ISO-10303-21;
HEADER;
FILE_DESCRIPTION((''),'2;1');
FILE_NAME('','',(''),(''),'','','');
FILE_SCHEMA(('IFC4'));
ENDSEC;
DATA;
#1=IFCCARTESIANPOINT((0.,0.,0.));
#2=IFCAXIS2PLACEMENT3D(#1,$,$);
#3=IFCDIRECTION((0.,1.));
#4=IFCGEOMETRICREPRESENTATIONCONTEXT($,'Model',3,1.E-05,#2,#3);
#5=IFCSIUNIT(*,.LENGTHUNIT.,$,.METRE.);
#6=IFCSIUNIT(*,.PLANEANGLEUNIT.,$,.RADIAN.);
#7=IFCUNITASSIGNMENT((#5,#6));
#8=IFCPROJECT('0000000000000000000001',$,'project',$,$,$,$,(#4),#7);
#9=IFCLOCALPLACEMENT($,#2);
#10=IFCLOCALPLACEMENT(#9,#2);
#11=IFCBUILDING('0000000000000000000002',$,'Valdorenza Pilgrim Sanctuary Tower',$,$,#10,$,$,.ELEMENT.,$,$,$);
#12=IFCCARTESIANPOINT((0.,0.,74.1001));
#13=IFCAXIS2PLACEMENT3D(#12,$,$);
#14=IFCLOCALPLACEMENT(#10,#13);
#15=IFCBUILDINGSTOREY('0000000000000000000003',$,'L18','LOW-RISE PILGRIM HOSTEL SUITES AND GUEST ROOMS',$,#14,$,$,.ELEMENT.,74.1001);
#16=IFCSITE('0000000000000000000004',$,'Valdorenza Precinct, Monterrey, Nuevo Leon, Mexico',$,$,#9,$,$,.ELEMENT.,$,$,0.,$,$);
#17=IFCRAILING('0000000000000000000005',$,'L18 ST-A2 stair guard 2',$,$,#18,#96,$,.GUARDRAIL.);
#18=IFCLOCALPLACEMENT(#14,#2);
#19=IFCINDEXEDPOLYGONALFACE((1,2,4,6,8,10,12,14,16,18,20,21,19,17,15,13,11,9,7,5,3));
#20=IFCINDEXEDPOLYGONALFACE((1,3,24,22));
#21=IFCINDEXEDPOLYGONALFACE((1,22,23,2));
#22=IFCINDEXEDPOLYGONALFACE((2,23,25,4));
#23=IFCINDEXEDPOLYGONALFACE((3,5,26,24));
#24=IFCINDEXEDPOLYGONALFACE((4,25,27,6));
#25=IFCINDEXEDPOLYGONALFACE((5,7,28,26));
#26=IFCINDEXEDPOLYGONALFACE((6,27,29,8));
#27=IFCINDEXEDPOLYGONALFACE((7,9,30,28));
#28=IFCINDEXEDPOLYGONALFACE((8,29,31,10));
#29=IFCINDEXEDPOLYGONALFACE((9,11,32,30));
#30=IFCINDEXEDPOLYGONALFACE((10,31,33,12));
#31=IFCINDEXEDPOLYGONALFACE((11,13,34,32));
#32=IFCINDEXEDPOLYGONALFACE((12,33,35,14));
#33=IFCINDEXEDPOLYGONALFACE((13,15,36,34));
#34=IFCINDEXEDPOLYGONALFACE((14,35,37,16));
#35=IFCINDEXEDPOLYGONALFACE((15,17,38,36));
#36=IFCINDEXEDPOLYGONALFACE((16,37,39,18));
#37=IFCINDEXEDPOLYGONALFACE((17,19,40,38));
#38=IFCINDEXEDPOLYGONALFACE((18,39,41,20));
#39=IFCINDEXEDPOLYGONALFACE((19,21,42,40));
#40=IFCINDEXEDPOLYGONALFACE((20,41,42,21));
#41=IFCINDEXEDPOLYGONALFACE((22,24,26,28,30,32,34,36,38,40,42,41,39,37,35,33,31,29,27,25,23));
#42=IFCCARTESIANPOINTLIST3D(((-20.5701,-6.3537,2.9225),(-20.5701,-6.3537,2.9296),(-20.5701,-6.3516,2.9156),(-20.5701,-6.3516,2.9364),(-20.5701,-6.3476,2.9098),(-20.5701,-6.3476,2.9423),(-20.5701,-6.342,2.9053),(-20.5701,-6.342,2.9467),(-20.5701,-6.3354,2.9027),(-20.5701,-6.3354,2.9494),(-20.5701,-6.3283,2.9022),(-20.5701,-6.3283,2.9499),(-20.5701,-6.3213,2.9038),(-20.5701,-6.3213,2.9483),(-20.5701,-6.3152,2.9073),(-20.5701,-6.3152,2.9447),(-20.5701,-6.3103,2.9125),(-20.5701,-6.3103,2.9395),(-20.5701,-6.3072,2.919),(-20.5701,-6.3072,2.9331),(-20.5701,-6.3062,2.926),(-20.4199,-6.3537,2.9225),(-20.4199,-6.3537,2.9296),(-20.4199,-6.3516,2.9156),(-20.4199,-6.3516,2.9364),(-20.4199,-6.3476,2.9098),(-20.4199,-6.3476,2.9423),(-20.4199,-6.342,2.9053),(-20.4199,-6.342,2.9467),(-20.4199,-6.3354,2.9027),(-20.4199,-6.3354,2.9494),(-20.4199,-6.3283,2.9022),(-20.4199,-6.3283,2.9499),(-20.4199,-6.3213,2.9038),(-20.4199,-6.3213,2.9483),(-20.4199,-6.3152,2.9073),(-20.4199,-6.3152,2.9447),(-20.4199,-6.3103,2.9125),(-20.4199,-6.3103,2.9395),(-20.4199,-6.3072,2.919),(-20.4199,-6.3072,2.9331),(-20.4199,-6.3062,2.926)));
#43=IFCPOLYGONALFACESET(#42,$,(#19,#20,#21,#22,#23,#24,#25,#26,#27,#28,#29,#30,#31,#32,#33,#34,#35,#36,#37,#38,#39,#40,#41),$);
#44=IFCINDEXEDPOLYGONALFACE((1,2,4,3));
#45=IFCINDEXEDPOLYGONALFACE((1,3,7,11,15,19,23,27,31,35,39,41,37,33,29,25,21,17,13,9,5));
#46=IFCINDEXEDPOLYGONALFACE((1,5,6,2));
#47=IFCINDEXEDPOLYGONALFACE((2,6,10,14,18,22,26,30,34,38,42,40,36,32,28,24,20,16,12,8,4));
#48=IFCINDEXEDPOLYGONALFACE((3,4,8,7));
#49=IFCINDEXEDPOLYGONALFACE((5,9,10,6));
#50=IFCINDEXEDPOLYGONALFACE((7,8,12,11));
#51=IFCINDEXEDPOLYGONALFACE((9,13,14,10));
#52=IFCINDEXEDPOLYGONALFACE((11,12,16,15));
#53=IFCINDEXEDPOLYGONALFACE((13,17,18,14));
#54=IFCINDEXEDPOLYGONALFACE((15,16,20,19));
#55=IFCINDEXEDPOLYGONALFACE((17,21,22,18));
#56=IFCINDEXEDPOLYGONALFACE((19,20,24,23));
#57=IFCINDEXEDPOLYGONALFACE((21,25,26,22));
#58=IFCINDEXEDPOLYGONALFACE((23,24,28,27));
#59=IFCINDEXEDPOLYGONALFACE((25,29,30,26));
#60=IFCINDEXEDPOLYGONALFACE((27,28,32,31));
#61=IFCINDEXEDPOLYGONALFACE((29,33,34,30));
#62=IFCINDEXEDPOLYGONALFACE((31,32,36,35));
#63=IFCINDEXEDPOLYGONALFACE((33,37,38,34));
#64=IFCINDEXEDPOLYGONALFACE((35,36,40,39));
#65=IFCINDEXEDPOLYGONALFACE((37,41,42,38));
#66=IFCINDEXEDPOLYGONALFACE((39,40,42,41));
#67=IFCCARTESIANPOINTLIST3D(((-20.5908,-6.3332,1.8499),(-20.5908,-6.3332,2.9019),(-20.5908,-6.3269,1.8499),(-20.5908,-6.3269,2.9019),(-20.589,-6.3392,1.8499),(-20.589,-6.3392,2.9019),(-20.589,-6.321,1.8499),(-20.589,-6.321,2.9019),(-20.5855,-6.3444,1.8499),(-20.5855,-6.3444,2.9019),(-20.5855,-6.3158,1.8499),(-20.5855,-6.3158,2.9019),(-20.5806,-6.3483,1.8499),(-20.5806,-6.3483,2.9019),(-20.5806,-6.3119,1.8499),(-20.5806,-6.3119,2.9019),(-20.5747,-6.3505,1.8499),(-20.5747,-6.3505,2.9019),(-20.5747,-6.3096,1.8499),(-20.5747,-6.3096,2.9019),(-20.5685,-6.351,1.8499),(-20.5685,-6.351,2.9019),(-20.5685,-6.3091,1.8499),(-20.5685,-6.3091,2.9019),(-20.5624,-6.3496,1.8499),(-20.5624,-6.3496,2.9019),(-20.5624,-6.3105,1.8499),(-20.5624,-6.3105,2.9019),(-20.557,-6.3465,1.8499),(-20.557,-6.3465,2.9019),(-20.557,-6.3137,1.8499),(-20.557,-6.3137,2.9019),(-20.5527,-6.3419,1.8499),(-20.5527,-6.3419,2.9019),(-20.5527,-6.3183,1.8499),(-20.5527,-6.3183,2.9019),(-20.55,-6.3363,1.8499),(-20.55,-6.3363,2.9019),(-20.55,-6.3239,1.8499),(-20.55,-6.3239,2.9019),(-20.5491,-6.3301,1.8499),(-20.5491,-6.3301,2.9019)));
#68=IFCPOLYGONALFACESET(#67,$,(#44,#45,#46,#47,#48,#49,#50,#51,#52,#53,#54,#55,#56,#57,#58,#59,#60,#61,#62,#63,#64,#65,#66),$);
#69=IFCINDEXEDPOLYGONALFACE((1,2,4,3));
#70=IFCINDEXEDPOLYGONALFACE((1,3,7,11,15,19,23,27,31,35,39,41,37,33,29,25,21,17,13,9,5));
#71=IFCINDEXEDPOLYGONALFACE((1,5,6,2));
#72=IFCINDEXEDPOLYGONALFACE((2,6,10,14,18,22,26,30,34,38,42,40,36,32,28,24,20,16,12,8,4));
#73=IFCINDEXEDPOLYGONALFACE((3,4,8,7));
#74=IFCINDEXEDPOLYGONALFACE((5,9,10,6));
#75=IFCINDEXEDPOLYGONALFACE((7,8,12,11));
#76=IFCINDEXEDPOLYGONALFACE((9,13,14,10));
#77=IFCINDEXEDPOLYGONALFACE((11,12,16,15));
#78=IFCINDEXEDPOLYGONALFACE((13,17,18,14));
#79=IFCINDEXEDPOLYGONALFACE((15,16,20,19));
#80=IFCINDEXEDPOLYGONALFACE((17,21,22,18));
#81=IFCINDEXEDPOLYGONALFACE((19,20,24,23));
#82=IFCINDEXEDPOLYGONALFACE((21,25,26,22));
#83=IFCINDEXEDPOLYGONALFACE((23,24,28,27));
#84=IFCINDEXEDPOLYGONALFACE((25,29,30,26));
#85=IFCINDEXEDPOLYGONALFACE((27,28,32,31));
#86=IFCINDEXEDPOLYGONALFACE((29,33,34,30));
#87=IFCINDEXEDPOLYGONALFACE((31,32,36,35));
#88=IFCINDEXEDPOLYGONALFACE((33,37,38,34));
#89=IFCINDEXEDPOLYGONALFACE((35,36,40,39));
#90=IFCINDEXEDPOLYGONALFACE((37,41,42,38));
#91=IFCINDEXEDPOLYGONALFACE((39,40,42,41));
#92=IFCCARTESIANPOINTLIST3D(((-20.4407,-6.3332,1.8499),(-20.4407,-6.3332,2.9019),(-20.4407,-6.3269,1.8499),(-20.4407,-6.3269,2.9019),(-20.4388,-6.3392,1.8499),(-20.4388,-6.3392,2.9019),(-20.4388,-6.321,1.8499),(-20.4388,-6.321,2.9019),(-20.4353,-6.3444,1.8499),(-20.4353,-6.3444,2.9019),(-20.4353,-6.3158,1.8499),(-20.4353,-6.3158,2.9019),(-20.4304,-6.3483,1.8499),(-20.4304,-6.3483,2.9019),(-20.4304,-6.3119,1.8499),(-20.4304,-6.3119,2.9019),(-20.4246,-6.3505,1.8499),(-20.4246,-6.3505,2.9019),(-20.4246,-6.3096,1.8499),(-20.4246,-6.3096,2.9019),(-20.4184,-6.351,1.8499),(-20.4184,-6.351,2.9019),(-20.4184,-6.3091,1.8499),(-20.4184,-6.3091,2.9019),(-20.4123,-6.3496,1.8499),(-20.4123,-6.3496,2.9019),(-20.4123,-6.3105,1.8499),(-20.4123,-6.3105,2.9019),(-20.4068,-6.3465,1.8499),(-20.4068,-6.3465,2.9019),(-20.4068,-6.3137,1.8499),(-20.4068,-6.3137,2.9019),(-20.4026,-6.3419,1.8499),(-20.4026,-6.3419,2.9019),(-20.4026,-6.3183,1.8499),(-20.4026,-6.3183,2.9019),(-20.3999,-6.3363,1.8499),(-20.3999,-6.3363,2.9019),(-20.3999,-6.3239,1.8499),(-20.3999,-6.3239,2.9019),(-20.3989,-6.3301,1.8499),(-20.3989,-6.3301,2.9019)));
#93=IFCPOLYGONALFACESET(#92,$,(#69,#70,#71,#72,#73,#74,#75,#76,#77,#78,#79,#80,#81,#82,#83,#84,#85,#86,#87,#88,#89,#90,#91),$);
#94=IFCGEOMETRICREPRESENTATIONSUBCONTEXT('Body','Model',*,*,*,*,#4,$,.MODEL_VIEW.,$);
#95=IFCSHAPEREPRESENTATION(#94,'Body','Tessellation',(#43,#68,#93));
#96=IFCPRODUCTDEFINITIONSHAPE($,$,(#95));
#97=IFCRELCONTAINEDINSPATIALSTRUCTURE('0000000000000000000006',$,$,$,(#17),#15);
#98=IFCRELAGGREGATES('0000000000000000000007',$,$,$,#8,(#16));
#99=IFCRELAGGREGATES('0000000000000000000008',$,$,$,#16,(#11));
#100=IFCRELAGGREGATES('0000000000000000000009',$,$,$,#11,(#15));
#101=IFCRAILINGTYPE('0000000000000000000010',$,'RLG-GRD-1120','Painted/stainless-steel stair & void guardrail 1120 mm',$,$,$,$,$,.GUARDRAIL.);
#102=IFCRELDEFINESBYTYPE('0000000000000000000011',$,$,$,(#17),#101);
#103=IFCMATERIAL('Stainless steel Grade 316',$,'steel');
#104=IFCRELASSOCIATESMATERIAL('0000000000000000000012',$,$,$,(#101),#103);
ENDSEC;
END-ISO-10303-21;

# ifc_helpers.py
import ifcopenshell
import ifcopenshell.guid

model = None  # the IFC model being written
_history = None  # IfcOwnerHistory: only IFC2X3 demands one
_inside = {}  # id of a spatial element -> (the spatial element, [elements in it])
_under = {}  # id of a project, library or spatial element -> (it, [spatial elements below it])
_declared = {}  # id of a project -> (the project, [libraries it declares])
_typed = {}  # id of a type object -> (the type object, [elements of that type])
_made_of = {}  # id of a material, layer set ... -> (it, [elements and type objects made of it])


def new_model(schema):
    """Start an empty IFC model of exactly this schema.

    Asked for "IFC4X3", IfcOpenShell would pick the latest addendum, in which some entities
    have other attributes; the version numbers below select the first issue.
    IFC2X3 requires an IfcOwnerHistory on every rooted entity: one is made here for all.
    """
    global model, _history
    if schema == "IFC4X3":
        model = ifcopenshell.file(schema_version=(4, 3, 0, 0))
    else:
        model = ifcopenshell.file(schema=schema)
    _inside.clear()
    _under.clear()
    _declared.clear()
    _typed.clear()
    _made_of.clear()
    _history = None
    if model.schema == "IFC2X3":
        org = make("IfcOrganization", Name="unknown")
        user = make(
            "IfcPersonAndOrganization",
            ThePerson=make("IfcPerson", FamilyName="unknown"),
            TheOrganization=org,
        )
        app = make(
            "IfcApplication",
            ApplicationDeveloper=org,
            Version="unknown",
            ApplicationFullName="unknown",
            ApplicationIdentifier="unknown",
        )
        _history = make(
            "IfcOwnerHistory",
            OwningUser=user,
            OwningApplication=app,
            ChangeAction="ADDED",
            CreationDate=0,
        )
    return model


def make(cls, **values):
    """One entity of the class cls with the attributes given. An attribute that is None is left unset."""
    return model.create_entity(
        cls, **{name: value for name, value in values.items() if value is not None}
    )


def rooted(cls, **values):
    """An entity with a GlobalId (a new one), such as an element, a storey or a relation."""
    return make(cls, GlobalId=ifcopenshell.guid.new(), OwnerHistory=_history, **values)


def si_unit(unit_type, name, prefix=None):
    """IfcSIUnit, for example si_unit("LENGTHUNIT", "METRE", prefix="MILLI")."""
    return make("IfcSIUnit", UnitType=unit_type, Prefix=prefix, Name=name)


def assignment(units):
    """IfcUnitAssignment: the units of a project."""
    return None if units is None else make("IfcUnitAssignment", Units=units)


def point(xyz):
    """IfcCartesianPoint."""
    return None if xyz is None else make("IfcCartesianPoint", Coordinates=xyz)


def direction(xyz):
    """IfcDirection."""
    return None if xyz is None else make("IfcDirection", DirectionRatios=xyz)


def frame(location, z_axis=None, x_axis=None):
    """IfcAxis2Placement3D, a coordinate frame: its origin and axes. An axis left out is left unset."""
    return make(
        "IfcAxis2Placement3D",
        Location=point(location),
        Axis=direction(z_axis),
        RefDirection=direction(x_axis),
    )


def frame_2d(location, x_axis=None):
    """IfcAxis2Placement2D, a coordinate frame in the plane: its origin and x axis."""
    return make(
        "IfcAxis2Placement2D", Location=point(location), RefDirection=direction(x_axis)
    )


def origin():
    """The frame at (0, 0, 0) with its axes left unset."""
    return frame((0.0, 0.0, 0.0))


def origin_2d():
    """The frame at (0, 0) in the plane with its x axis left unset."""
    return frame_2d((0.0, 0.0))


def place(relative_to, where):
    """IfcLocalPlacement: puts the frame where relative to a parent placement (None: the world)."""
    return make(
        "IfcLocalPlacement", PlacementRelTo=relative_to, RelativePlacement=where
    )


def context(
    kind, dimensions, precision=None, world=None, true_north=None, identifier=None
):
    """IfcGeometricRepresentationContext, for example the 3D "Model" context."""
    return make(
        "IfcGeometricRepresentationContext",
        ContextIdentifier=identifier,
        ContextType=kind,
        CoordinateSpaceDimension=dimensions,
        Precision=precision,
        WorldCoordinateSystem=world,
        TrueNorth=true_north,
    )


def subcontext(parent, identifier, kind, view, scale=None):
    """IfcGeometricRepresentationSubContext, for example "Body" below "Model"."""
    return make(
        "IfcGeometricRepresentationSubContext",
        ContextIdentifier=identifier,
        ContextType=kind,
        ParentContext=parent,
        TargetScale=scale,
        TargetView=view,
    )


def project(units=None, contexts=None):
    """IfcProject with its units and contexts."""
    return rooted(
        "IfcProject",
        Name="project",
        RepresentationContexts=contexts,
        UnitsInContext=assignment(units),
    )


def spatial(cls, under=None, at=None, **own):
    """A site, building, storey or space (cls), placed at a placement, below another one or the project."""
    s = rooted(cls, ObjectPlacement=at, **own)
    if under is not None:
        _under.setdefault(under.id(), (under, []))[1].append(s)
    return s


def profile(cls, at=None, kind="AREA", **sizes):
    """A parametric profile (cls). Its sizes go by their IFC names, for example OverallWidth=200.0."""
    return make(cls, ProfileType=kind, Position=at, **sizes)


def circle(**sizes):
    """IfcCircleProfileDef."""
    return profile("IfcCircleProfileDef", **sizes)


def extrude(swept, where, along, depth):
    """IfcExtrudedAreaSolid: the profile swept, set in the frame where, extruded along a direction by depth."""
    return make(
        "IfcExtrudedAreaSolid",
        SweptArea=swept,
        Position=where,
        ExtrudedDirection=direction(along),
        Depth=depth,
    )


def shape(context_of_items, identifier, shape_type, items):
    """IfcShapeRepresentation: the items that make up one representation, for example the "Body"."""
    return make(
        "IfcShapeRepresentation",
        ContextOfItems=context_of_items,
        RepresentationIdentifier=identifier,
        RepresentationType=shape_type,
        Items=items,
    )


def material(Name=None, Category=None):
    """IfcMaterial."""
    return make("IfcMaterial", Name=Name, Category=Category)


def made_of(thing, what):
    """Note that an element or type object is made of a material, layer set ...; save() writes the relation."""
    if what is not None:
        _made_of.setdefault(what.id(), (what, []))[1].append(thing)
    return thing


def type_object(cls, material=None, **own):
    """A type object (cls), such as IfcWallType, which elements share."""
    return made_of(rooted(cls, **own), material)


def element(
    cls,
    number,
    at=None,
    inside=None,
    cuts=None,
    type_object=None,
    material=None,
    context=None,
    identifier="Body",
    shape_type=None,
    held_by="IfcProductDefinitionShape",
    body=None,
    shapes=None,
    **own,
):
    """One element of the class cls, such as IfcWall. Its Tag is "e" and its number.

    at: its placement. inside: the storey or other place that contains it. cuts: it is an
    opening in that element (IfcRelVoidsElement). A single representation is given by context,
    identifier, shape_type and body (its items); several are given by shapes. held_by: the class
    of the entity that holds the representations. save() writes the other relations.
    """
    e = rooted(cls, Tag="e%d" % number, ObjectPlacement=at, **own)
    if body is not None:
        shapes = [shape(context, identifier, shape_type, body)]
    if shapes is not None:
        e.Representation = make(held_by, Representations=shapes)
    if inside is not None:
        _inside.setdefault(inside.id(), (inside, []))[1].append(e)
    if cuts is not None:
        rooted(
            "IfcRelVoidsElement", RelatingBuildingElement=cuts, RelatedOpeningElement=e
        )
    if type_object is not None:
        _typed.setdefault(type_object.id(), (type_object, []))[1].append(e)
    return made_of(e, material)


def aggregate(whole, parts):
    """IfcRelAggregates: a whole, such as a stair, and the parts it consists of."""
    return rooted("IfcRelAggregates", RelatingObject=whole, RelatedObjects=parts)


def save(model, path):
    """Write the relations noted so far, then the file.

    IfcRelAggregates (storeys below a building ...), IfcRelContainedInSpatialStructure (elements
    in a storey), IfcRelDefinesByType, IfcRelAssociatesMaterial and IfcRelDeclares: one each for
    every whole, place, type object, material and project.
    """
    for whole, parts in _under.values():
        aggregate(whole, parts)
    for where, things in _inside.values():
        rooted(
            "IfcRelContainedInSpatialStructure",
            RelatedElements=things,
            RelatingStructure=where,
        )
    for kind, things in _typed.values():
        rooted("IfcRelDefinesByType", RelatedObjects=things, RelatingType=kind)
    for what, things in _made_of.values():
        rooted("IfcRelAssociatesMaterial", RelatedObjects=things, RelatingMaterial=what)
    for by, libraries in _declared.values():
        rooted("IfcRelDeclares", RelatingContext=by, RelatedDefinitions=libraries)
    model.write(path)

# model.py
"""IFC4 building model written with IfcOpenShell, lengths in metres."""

from ifc_helpers import new_model, si_unit, direction, frame, origin, origin_2d, place, context, subcontext, project, spatial, circle, extrude, material, type_object, element, save


model = new_model("IFC4")

# Units and contexts
model_context = context("Model", 3, precision=1e-05, world=origin(), true_north=direction((0.0, 1.0)))
body_context = subcontext(model_context, "Body", "Model", "MODEL_VIEW")
ifc_project = project(units=[si_unit("LENGTHUNIT", "METRE"), si_unit("PLANEANGLEUNIT", "RADIAN")], contexts=[model_context])

# Site, building, storey
site_placement = place(None, origin())
site = spatial("IfcSite", under=ifc_project, at=site_placement, Name="Valdorenza Precinct, Monterrey, Nuevo Leon, Mexico", CompositionType="ELEMENT", RefElevation=0.0)
building_placement = place(site_placement, origin())
building = spatial("IfcBuilding", under=site, at=building_placement, Name="Valdorenza Pilgrim Sanctuary Tower", CompositionType="ELEMENT")
storey_placement = place(building_placement, frame((0.0, 0.0, 74.1001)))
storey = spatial("IfcBuildingStorey", under=building, at=storey_placement, Name="L18", Description="LOW-RISE PILGRIM HOSTEL SUITES AND GUEST ROOMS", CompositionType="ELEMENT", Elevation=74.1001)

# Railing
ifc_material_1 = material(Name="Stainless steel Grade 316", Category="steel")
railing_type_1 = type_object("IfcRailingType", Name="RLG-GRD-1120", Description="Painted/stainless-steel stair & void guardrail 1120 mm", PredefinedType="GUARDRAIL", material=ifc_material_1)
railing_1_placement = place(storey_placement, frame((-20.5701, -6.3301, 1.8499)))
element("IfcRailing", 1, at=railing_1_placement, inside=storey, type_object=railing_type_1, Name="L18 ST-A2 stair guard 2", PredefinedType="GUARDRAIL", context=body_context, shape_type="SweptSolid", body=[
    extrude(circle(Radius=0.0239, at=origin_2d()), frame((0.0, 0.0, 1.0762), z_axis=(1.0, 0.0, 0.0), x_axis=(0.0, 1.0, 0.0)), (0.0, 0.0, 1.0), 0.1501),
    extrude(circle(Radius=0.021, at=origin_2d()), origin(), (0.0, 0.0, 1.0), 1.052),
    extrude(circle(Radius=0.021, at=origin_2d()), frame((0.1501, 0.0, 0.0)), (0.0, 0.0, 1.0), 1.052),
])

save(model, "model.ifc")
